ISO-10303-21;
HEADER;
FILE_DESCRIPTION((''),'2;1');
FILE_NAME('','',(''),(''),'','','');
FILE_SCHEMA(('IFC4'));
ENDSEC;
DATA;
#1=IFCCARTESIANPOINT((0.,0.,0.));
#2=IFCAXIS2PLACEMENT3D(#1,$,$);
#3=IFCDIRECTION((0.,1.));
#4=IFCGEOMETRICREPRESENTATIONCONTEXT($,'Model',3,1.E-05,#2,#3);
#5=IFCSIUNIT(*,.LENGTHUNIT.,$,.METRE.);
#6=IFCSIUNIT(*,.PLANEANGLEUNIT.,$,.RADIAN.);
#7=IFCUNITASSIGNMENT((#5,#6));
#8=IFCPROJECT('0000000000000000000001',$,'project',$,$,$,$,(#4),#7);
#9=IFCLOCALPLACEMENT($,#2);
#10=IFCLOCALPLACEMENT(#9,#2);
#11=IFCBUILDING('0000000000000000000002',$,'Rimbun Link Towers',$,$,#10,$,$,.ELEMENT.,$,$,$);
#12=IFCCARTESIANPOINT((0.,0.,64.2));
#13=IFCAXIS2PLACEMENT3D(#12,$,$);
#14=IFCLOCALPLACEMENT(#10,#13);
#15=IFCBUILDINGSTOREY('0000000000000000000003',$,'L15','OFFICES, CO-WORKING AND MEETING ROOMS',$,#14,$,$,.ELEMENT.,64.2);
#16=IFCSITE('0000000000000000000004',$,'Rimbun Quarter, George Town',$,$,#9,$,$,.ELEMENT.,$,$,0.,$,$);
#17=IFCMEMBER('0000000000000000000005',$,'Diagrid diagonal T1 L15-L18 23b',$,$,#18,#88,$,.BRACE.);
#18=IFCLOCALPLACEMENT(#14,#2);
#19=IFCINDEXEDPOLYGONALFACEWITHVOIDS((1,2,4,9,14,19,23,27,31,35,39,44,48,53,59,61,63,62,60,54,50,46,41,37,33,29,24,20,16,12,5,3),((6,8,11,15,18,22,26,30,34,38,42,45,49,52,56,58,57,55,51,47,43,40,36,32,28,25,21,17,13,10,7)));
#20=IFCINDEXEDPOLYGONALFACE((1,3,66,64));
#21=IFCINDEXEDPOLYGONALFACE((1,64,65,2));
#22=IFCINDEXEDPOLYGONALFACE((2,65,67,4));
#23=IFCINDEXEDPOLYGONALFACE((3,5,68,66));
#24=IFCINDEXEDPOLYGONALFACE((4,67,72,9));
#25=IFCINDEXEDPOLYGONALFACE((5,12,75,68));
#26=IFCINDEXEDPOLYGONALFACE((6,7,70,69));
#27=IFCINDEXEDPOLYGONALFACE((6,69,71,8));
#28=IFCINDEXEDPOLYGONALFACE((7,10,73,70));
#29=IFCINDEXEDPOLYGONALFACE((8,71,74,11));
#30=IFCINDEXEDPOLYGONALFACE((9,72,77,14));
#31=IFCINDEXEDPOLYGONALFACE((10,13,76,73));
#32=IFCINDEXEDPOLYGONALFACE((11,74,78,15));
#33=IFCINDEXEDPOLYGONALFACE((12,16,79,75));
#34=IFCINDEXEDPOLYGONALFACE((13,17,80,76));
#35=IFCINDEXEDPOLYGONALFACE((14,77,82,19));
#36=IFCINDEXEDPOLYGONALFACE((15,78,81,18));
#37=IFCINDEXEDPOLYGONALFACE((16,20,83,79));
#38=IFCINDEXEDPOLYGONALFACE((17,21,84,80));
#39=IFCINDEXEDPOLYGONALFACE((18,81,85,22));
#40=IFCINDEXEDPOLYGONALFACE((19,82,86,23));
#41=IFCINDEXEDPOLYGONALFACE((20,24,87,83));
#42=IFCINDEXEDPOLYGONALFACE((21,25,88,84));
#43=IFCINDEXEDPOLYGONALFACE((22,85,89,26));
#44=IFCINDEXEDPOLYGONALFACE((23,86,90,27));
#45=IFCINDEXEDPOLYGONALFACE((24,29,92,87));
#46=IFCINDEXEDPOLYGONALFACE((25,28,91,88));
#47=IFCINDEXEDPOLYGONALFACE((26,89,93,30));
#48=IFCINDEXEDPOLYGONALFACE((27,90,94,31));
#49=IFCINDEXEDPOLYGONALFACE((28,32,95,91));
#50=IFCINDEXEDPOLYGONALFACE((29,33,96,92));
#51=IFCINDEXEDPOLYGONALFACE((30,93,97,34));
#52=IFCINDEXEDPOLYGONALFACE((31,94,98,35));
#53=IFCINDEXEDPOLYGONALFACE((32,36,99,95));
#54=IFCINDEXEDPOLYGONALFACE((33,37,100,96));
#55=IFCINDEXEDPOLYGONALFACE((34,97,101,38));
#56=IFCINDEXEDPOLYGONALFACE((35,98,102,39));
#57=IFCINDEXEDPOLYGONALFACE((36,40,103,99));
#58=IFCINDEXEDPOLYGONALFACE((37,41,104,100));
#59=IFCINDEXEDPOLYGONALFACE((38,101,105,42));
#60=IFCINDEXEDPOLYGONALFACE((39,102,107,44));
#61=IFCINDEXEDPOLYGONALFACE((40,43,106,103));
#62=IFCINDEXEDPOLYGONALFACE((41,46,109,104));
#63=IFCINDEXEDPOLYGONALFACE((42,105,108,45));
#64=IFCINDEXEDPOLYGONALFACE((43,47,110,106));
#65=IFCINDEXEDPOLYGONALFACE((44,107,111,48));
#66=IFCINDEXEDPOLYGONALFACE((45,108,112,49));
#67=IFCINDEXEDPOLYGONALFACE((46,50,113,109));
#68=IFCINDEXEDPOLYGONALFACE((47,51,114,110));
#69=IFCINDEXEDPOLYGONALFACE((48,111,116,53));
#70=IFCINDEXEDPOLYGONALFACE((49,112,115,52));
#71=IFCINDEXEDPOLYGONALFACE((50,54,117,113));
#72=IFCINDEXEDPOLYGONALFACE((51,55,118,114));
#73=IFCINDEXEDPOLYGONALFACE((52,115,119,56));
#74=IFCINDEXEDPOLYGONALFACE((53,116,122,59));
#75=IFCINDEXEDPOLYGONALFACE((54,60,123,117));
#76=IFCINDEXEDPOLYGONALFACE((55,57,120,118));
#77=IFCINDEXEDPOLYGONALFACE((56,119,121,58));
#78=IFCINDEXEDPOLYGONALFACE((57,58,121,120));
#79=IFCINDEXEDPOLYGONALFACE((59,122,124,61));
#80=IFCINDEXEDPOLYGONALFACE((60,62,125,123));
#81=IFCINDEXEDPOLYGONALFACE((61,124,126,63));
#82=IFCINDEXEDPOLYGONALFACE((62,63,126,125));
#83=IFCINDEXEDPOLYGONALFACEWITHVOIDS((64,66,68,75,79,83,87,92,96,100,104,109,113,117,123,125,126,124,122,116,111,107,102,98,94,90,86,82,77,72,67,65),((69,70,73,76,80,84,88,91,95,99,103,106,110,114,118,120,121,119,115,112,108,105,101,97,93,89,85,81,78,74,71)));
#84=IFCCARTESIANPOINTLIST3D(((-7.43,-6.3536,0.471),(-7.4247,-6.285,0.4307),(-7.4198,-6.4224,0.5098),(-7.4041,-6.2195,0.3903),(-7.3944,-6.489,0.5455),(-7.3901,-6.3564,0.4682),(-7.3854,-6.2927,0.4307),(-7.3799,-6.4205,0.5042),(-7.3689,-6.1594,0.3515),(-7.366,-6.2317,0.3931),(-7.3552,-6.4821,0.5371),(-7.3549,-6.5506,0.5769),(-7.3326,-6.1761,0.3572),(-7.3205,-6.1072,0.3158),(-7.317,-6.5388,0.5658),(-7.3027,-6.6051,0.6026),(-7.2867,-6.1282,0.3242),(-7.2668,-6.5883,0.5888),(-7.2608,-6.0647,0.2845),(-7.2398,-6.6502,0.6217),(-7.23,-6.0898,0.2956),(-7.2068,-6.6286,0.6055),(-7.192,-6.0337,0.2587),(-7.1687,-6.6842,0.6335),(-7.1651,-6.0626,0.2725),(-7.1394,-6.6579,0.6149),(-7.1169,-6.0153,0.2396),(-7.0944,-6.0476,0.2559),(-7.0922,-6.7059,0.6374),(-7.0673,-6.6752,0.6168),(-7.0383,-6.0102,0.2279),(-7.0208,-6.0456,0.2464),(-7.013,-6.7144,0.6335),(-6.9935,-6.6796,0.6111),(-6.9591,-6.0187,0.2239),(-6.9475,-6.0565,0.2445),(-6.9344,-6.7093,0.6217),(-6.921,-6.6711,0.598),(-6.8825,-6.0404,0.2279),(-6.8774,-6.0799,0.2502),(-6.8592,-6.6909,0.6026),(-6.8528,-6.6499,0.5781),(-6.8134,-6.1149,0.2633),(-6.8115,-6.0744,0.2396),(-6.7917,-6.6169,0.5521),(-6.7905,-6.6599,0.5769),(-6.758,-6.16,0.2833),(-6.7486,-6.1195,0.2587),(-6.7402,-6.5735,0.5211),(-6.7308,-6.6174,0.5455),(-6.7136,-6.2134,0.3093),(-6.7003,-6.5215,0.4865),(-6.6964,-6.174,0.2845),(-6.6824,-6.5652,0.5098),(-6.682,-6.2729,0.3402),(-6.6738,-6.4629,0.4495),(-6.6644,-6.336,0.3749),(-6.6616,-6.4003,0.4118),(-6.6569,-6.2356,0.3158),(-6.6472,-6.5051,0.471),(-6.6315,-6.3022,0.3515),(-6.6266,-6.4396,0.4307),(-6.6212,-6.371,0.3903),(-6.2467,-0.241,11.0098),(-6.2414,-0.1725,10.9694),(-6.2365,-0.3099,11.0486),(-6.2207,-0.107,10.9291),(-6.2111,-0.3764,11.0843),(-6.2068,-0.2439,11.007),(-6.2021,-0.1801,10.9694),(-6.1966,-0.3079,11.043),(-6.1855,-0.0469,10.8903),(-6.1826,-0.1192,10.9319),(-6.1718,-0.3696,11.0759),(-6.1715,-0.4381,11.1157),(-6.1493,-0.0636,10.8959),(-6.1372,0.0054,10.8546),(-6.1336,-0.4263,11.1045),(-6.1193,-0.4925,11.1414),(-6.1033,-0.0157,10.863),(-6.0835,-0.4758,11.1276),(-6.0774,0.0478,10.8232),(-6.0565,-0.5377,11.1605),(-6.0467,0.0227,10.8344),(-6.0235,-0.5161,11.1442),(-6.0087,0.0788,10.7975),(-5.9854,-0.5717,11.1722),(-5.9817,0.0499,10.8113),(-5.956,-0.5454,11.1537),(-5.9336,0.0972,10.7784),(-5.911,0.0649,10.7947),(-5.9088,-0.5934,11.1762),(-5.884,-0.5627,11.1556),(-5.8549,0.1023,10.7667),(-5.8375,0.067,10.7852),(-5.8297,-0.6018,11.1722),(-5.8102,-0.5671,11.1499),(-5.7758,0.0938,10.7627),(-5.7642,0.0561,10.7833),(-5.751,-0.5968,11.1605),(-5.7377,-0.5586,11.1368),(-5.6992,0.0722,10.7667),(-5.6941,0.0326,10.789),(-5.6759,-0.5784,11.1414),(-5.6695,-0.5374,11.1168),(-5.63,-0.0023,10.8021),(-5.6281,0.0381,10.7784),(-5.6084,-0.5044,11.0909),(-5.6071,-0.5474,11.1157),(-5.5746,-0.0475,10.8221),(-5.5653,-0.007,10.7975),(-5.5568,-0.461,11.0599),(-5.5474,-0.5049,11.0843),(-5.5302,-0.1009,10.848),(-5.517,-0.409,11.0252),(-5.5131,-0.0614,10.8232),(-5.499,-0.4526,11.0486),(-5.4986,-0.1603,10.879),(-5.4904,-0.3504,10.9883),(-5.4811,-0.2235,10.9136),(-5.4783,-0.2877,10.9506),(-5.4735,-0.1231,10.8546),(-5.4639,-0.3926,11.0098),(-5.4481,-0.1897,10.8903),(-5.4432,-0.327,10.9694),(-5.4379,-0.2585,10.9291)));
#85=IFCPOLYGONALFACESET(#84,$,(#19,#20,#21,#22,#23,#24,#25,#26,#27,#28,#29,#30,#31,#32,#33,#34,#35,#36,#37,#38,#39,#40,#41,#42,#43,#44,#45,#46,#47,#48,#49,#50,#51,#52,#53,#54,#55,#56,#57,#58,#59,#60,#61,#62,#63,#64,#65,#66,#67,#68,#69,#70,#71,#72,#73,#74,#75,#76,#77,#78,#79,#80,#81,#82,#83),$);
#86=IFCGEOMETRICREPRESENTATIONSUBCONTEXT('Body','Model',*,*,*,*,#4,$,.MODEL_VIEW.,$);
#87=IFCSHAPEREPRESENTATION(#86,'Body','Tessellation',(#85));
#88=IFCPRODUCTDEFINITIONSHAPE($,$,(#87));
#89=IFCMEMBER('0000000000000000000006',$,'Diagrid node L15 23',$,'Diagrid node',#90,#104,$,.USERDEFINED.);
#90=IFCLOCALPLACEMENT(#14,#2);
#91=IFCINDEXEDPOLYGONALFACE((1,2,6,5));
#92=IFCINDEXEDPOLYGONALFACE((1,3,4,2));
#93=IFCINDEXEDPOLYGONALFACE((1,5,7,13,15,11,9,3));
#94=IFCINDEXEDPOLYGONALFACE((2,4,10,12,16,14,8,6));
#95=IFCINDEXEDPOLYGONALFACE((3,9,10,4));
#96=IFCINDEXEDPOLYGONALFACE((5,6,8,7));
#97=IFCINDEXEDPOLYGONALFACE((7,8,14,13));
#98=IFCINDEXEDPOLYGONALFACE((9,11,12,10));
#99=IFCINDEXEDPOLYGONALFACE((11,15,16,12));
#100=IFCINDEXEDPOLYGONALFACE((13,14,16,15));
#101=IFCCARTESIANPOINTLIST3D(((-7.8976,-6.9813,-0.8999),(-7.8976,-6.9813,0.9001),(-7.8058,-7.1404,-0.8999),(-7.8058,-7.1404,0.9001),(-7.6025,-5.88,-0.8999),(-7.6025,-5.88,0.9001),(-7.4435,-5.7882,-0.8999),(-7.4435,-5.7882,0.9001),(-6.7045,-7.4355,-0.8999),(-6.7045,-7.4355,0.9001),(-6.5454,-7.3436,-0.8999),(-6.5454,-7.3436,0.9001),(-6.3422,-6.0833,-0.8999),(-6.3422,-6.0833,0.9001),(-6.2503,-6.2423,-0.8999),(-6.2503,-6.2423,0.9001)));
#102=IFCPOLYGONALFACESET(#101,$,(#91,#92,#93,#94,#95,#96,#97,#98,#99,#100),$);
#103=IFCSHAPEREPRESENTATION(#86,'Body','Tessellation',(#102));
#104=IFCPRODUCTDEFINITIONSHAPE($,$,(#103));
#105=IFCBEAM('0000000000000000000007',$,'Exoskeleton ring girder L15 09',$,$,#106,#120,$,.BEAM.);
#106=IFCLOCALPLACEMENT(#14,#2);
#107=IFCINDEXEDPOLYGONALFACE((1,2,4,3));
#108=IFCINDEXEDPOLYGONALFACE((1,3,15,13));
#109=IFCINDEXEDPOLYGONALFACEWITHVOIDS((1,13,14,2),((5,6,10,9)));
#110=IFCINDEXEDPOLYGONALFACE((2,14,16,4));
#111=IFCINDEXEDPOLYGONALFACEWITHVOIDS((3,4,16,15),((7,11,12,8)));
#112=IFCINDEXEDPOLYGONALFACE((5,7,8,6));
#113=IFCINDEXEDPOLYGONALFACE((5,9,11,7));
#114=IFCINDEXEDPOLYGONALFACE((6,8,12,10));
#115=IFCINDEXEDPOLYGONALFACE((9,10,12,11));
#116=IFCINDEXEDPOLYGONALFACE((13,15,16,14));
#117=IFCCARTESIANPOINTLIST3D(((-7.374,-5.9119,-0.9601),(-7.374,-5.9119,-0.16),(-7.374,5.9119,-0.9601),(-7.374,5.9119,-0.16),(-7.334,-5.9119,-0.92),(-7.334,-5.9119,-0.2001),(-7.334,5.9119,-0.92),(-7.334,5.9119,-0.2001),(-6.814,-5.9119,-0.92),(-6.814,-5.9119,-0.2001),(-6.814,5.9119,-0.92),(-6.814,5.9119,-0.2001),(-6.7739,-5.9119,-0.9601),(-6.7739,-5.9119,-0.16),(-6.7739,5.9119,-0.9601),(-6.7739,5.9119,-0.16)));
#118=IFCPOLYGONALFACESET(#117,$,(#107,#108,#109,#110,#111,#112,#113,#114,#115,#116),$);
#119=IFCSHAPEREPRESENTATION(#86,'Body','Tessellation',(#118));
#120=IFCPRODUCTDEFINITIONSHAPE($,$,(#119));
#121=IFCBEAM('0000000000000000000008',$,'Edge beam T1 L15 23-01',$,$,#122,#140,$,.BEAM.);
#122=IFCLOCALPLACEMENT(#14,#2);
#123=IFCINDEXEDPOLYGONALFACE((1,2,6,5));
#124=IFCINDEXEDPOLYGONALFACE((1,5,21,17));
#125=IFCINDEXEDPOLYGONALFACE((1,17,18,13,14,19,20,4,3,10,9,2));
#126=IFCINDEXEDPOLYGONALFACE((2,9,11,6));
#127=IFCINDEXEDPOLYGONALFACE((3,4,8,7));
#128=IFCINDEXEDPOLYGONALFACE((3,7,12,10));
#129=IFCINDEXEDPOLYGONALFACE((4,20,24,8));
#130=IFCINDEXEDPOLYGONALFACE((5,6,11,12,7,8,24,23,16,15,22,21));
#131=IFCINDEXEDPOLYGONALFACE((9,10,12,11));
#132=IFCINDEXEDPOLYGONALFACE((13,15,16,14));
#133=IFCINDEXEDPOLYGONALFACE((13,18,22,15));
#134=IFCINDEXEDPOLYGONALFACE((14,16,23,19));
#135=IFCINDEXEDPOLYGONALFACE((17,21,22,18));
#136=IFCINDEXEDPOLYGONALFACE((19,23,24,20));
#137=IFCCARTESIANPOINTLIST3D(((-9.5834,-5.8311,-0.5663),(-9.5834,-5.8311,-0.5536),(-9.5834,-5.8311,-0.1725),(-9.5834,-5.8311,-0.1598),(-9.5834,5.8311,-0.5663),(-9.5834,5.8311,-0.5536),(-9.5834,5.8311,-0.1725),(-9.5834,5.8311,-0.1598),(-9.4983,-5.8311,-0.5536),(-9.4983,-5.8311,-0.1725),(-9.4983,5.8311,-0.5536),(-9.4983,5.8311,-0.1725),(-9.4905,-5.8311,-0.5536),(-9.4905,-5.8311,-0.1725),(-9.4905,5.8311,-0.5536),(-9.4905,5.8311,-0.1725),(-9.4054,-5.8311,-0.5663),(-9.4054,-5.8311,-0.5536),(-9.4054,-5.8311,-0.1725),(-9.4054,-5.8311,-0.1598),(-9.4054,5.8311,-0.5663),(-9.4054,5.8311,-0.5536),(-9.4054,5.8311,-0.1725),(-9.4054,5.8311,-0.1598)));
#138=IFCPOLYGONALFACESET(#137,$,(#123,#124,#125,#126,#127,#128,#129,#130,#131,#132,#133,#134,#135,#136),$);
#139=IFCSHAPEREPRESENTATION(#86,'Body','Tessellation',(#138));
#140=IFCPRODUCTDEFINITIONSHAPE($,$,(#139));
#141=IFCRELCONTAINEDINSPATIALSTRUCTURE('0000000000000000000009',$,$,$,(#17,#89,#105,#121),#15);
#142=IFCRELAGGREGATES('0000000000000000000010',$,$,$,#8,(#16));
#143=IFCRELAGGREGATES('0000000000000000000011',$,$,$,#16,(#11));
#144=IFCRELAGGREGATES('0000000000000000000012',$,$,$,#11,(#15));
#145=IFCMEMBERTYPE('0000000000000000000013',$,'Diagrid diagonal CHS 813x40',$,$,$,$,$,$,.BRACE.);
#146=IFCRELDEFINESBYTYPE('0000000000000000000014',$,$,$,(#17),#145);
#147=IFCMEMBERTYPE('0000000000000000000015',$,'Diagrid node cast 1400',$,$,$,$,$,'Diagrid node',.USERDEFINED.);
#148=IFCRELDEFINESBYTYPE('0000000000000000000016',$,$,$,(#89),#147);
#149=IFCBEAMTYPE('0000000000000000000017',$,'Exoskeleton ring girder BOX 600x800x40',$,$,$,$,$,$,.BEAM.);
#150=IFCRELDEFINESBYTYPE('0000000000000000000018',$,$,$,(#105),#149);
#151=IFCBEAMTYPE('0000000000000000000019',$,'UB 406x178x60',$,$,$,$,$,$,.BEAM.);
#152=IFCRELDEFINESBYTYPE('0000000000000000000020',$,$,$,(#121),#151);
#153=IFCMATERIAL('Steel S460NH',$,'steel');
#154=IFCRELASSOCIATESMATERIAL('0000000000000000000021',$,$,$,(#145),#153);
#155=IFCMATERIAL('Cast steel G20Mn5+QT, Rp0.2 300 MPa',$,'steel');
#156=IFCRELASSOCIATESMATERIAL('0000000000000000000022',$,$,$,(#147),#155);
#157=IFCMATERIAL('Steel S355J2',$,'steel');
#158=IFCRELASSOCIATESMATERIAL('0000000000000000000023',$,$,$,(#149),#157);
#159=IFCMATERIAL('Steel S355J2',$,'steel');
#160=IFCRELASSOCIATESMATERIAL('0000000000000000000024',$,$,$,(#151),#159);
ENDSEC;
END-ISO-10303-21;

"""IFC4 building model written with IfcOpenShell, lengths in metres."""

from ifc_helpers import new_model, si_unit, direction, frame, origin, origin_2d, place, context, subcontext, project, spatial, polyline, hollow_rectangle, hollow_circle, i_section, outline, extrude, material, material_profile, profile_set, type_object, element, save


model = new_model("IFC4")

# Units and contexts
model_context = context("Model", 3, precision=1e-05, world=origin(), true_north=direction((0.0, 1.0)))
body_context = subcontext(model_context, "Body", "Model", "MODEL_VIEW")
ifc_project = project(units=[si_unit("LENGTHUNIT", "METRE"), si_unit("PLANEANGLEUNIT", "RADIAN")], contexts=[model_context])

# Site, building, storey
site_placement = place(None, origin())
site = spatial("IfcSite", under=ifc_project, at=site_placement, Name="Rimbun Quarter, George Town", CompositionType="ELEMENT", RefElevation=0.0)
building_placement = place(site_placement, origin())
building = spatial("IfcBuilding", under=site, at=building_placement, Name="Rimbun Link Towers", CompositionType="ELEMENT")
storey_placement = place(building_placement, frame((0.0, 0.0, 64.2)))
storey = spatial("IfcBuildingStorey", under=building, at=storey_placement, Name="L15", Description="OFFICES, CO-WORKING AND MEETING ROOMS", CompositionType="ELEMENT", Elevation=64.2)

# Members
ifc_material_1 = material(Name="Steel S460NH", Category="steel")
ifc_material_profile_1 = material_profile(ifc_material_1, hollow_circle(Radius=0.4065, WallThickness=0.04, at=origin_2d()), Name="Diagrid diagonal CHS 813x40")
ifc_profile_set_1 = profile_set([ifc_material_profile_1], Name="Steel S460NH")
member_type_1 = type_object("IfcMemberType", Name="Diagrid diagonal CHS 813x40", PredefinedType="BRACE", material=ifc_profile_set_1)
member_1_placement = place(storey_placement, frame((-7.0256, -6.3623, 0.4307), z_axis=(0.096675, 0.49937, 0.860978), x_axis=(-0.981772, 0.190065, 0.0)))
element("IfcMember", 1, at=member_1_placement, inside=storey, type_object=member_type_1, Name="Diagrid diagonal T1 L15-L18 23b", PredefinedType="BRACE", context=body_context, shape_type="SweptSolid", body=[
    extrude(hollow_circle(Radius=0.4065, WallThickness=0.04, at=origin_2d()), origin(), (0.0, 0.0, 1.0), 12.2405),
])
ifc_material_2 = material(Name="Cast steel G20Mn5+QT, Rp0.2 300 MPa", Category="steel")
ifc_material_profile_2 = material_profile(ifc_material_2, outline(polyline([(0.7, -0.5701), (0.7, 0.5701), (0.5701, 0.7), (-0.5701, 0.7), (-0.7, 0.5701), (-0.7, -0.5701), (-0.5701, -0.7), (0.5701, -0.7), (0.7, -0.5701)])), Name="NODE 1400x1400")
ifc_profile_set_2 = profile_set([ifc_material_profile_2], Name="Cast steel G20Mn5+QT, Rp0.2 300 MPa")
member_type_2 = type_object("IfcMemberType", Name="Diagrid node cast 1400", ElementType="Diagrid node", PredefinedType="USERDEFINED", material=ifc_profile_set_2)
member_2_placement = place(storey_placement, frame((-7.074, -6.6118, -0.8999), z_axis=(0.0, 0.0, 1.0), x_axis=(0.965926, -0.258819, 0.0)))
element("IfcMember", 2, at=member_2_placement, inside=storey, type_object=member_type_2, Name="Diagrid node L15 23", ObjectType="Diagrid node", PredefinedType="USERDEFINED", context=body_context, shape_type="SweptSolid", body=[
    extrude(outline(polyline([(0.7, -0.5701), (0.7, 0.5701), (0.5701, 0.7), (-0.5701, 0.7), (-0.7, 0.5701), (-0.7, -0.5701), (-0.5701, -0.7), (0.5701, -0.7), (0.7, -0.5701)])), origin(), (0.0, 0.0, 1.0), 1.8),
])

# Beams
ifc_material_3 = material(Name="Steel S355J2", Category="steel")
ifc_material_profile_3 = material_profile(ifc_material_3, hollow_rectangle(XDim=0.6001, YDim=0.8, WallThickness=0.04, at=origin_2d()), Name="Exoskeleton ring girder BOX 600x800x40")
ifc_profile_set_3 = profile_set([ifc_material_profile_3], Name="Steel S355J2")
beam_type_1 = type_object("IfcBeamType", Name="Exoskeleton ring girder BOX 600x800x40", PredefinedType="BEAM", material=ifc_profile_set_3)
beam_1_placement = place(storey_placement, frame((-7.074, -5.9119, -0.5601), z_axis=(0.0, 1.0, 0.0), x_axis=(-1.0, 0.0, 0.0)))
element("IfcBeam", 3, at=beam_1_placement, inside=storey, type_object=beam_type_1, Name="Exoskeleton ring girder L15 09", PredefinedType="BEAM", context=body_context, shape_type="SweptSolid", body=[
    extrude(hollow_rectangle(XDim=0.6001, YDim=0.8, WallThickness=0.04, at=origin_2d()), origin(), (0.0, 0.0, 1.0), 11.8237),
])
ifc_material_4 = material(Name="Steel S355J2", Category="steel")
ifc_material_profile_4 = material_profile(ifc_material_4, i_section(OverallWidth=0.178, OverallDepth=0.4065, WebThickness=0.0078, FlangeThickness=0.0127, at=origin_2d()), Name="UB 406x178x60")
ifc_profile_set_4 = profile_set([ifc_material_profile_4], Name="Steel S355J2")
beam_type_2 = type_object("IfcBeamType", Name="UB 406x178x60", PredefinedType="BEAM", material=ifc_profile_set_4)
beam_2_placement = place(storey_placement, frame((-9.4944, -5.8311, -0.363), z_axis=(0.0, 1.0, 0.0), x_axis=(-1.0, 0.0, 0.0)))
element("IfcBeam", 4, at=beam_2_placement, inside=storey, type_object=beam_type_2, Name="Edge beam T1 L15 23-01", PredefinedType="BEAM", context=body_context, shape_type="SweptSolid", body=[
    extrude(i_section(OverallWidth=0.178, OverallDepth=0.4065, WebThickness=0.0078, FlangeThickness=0.0127, at=origin_2d()), origin(), (0.0, 0.0, 1.0), 11.6621),
])

save(model, "model.ifc")
